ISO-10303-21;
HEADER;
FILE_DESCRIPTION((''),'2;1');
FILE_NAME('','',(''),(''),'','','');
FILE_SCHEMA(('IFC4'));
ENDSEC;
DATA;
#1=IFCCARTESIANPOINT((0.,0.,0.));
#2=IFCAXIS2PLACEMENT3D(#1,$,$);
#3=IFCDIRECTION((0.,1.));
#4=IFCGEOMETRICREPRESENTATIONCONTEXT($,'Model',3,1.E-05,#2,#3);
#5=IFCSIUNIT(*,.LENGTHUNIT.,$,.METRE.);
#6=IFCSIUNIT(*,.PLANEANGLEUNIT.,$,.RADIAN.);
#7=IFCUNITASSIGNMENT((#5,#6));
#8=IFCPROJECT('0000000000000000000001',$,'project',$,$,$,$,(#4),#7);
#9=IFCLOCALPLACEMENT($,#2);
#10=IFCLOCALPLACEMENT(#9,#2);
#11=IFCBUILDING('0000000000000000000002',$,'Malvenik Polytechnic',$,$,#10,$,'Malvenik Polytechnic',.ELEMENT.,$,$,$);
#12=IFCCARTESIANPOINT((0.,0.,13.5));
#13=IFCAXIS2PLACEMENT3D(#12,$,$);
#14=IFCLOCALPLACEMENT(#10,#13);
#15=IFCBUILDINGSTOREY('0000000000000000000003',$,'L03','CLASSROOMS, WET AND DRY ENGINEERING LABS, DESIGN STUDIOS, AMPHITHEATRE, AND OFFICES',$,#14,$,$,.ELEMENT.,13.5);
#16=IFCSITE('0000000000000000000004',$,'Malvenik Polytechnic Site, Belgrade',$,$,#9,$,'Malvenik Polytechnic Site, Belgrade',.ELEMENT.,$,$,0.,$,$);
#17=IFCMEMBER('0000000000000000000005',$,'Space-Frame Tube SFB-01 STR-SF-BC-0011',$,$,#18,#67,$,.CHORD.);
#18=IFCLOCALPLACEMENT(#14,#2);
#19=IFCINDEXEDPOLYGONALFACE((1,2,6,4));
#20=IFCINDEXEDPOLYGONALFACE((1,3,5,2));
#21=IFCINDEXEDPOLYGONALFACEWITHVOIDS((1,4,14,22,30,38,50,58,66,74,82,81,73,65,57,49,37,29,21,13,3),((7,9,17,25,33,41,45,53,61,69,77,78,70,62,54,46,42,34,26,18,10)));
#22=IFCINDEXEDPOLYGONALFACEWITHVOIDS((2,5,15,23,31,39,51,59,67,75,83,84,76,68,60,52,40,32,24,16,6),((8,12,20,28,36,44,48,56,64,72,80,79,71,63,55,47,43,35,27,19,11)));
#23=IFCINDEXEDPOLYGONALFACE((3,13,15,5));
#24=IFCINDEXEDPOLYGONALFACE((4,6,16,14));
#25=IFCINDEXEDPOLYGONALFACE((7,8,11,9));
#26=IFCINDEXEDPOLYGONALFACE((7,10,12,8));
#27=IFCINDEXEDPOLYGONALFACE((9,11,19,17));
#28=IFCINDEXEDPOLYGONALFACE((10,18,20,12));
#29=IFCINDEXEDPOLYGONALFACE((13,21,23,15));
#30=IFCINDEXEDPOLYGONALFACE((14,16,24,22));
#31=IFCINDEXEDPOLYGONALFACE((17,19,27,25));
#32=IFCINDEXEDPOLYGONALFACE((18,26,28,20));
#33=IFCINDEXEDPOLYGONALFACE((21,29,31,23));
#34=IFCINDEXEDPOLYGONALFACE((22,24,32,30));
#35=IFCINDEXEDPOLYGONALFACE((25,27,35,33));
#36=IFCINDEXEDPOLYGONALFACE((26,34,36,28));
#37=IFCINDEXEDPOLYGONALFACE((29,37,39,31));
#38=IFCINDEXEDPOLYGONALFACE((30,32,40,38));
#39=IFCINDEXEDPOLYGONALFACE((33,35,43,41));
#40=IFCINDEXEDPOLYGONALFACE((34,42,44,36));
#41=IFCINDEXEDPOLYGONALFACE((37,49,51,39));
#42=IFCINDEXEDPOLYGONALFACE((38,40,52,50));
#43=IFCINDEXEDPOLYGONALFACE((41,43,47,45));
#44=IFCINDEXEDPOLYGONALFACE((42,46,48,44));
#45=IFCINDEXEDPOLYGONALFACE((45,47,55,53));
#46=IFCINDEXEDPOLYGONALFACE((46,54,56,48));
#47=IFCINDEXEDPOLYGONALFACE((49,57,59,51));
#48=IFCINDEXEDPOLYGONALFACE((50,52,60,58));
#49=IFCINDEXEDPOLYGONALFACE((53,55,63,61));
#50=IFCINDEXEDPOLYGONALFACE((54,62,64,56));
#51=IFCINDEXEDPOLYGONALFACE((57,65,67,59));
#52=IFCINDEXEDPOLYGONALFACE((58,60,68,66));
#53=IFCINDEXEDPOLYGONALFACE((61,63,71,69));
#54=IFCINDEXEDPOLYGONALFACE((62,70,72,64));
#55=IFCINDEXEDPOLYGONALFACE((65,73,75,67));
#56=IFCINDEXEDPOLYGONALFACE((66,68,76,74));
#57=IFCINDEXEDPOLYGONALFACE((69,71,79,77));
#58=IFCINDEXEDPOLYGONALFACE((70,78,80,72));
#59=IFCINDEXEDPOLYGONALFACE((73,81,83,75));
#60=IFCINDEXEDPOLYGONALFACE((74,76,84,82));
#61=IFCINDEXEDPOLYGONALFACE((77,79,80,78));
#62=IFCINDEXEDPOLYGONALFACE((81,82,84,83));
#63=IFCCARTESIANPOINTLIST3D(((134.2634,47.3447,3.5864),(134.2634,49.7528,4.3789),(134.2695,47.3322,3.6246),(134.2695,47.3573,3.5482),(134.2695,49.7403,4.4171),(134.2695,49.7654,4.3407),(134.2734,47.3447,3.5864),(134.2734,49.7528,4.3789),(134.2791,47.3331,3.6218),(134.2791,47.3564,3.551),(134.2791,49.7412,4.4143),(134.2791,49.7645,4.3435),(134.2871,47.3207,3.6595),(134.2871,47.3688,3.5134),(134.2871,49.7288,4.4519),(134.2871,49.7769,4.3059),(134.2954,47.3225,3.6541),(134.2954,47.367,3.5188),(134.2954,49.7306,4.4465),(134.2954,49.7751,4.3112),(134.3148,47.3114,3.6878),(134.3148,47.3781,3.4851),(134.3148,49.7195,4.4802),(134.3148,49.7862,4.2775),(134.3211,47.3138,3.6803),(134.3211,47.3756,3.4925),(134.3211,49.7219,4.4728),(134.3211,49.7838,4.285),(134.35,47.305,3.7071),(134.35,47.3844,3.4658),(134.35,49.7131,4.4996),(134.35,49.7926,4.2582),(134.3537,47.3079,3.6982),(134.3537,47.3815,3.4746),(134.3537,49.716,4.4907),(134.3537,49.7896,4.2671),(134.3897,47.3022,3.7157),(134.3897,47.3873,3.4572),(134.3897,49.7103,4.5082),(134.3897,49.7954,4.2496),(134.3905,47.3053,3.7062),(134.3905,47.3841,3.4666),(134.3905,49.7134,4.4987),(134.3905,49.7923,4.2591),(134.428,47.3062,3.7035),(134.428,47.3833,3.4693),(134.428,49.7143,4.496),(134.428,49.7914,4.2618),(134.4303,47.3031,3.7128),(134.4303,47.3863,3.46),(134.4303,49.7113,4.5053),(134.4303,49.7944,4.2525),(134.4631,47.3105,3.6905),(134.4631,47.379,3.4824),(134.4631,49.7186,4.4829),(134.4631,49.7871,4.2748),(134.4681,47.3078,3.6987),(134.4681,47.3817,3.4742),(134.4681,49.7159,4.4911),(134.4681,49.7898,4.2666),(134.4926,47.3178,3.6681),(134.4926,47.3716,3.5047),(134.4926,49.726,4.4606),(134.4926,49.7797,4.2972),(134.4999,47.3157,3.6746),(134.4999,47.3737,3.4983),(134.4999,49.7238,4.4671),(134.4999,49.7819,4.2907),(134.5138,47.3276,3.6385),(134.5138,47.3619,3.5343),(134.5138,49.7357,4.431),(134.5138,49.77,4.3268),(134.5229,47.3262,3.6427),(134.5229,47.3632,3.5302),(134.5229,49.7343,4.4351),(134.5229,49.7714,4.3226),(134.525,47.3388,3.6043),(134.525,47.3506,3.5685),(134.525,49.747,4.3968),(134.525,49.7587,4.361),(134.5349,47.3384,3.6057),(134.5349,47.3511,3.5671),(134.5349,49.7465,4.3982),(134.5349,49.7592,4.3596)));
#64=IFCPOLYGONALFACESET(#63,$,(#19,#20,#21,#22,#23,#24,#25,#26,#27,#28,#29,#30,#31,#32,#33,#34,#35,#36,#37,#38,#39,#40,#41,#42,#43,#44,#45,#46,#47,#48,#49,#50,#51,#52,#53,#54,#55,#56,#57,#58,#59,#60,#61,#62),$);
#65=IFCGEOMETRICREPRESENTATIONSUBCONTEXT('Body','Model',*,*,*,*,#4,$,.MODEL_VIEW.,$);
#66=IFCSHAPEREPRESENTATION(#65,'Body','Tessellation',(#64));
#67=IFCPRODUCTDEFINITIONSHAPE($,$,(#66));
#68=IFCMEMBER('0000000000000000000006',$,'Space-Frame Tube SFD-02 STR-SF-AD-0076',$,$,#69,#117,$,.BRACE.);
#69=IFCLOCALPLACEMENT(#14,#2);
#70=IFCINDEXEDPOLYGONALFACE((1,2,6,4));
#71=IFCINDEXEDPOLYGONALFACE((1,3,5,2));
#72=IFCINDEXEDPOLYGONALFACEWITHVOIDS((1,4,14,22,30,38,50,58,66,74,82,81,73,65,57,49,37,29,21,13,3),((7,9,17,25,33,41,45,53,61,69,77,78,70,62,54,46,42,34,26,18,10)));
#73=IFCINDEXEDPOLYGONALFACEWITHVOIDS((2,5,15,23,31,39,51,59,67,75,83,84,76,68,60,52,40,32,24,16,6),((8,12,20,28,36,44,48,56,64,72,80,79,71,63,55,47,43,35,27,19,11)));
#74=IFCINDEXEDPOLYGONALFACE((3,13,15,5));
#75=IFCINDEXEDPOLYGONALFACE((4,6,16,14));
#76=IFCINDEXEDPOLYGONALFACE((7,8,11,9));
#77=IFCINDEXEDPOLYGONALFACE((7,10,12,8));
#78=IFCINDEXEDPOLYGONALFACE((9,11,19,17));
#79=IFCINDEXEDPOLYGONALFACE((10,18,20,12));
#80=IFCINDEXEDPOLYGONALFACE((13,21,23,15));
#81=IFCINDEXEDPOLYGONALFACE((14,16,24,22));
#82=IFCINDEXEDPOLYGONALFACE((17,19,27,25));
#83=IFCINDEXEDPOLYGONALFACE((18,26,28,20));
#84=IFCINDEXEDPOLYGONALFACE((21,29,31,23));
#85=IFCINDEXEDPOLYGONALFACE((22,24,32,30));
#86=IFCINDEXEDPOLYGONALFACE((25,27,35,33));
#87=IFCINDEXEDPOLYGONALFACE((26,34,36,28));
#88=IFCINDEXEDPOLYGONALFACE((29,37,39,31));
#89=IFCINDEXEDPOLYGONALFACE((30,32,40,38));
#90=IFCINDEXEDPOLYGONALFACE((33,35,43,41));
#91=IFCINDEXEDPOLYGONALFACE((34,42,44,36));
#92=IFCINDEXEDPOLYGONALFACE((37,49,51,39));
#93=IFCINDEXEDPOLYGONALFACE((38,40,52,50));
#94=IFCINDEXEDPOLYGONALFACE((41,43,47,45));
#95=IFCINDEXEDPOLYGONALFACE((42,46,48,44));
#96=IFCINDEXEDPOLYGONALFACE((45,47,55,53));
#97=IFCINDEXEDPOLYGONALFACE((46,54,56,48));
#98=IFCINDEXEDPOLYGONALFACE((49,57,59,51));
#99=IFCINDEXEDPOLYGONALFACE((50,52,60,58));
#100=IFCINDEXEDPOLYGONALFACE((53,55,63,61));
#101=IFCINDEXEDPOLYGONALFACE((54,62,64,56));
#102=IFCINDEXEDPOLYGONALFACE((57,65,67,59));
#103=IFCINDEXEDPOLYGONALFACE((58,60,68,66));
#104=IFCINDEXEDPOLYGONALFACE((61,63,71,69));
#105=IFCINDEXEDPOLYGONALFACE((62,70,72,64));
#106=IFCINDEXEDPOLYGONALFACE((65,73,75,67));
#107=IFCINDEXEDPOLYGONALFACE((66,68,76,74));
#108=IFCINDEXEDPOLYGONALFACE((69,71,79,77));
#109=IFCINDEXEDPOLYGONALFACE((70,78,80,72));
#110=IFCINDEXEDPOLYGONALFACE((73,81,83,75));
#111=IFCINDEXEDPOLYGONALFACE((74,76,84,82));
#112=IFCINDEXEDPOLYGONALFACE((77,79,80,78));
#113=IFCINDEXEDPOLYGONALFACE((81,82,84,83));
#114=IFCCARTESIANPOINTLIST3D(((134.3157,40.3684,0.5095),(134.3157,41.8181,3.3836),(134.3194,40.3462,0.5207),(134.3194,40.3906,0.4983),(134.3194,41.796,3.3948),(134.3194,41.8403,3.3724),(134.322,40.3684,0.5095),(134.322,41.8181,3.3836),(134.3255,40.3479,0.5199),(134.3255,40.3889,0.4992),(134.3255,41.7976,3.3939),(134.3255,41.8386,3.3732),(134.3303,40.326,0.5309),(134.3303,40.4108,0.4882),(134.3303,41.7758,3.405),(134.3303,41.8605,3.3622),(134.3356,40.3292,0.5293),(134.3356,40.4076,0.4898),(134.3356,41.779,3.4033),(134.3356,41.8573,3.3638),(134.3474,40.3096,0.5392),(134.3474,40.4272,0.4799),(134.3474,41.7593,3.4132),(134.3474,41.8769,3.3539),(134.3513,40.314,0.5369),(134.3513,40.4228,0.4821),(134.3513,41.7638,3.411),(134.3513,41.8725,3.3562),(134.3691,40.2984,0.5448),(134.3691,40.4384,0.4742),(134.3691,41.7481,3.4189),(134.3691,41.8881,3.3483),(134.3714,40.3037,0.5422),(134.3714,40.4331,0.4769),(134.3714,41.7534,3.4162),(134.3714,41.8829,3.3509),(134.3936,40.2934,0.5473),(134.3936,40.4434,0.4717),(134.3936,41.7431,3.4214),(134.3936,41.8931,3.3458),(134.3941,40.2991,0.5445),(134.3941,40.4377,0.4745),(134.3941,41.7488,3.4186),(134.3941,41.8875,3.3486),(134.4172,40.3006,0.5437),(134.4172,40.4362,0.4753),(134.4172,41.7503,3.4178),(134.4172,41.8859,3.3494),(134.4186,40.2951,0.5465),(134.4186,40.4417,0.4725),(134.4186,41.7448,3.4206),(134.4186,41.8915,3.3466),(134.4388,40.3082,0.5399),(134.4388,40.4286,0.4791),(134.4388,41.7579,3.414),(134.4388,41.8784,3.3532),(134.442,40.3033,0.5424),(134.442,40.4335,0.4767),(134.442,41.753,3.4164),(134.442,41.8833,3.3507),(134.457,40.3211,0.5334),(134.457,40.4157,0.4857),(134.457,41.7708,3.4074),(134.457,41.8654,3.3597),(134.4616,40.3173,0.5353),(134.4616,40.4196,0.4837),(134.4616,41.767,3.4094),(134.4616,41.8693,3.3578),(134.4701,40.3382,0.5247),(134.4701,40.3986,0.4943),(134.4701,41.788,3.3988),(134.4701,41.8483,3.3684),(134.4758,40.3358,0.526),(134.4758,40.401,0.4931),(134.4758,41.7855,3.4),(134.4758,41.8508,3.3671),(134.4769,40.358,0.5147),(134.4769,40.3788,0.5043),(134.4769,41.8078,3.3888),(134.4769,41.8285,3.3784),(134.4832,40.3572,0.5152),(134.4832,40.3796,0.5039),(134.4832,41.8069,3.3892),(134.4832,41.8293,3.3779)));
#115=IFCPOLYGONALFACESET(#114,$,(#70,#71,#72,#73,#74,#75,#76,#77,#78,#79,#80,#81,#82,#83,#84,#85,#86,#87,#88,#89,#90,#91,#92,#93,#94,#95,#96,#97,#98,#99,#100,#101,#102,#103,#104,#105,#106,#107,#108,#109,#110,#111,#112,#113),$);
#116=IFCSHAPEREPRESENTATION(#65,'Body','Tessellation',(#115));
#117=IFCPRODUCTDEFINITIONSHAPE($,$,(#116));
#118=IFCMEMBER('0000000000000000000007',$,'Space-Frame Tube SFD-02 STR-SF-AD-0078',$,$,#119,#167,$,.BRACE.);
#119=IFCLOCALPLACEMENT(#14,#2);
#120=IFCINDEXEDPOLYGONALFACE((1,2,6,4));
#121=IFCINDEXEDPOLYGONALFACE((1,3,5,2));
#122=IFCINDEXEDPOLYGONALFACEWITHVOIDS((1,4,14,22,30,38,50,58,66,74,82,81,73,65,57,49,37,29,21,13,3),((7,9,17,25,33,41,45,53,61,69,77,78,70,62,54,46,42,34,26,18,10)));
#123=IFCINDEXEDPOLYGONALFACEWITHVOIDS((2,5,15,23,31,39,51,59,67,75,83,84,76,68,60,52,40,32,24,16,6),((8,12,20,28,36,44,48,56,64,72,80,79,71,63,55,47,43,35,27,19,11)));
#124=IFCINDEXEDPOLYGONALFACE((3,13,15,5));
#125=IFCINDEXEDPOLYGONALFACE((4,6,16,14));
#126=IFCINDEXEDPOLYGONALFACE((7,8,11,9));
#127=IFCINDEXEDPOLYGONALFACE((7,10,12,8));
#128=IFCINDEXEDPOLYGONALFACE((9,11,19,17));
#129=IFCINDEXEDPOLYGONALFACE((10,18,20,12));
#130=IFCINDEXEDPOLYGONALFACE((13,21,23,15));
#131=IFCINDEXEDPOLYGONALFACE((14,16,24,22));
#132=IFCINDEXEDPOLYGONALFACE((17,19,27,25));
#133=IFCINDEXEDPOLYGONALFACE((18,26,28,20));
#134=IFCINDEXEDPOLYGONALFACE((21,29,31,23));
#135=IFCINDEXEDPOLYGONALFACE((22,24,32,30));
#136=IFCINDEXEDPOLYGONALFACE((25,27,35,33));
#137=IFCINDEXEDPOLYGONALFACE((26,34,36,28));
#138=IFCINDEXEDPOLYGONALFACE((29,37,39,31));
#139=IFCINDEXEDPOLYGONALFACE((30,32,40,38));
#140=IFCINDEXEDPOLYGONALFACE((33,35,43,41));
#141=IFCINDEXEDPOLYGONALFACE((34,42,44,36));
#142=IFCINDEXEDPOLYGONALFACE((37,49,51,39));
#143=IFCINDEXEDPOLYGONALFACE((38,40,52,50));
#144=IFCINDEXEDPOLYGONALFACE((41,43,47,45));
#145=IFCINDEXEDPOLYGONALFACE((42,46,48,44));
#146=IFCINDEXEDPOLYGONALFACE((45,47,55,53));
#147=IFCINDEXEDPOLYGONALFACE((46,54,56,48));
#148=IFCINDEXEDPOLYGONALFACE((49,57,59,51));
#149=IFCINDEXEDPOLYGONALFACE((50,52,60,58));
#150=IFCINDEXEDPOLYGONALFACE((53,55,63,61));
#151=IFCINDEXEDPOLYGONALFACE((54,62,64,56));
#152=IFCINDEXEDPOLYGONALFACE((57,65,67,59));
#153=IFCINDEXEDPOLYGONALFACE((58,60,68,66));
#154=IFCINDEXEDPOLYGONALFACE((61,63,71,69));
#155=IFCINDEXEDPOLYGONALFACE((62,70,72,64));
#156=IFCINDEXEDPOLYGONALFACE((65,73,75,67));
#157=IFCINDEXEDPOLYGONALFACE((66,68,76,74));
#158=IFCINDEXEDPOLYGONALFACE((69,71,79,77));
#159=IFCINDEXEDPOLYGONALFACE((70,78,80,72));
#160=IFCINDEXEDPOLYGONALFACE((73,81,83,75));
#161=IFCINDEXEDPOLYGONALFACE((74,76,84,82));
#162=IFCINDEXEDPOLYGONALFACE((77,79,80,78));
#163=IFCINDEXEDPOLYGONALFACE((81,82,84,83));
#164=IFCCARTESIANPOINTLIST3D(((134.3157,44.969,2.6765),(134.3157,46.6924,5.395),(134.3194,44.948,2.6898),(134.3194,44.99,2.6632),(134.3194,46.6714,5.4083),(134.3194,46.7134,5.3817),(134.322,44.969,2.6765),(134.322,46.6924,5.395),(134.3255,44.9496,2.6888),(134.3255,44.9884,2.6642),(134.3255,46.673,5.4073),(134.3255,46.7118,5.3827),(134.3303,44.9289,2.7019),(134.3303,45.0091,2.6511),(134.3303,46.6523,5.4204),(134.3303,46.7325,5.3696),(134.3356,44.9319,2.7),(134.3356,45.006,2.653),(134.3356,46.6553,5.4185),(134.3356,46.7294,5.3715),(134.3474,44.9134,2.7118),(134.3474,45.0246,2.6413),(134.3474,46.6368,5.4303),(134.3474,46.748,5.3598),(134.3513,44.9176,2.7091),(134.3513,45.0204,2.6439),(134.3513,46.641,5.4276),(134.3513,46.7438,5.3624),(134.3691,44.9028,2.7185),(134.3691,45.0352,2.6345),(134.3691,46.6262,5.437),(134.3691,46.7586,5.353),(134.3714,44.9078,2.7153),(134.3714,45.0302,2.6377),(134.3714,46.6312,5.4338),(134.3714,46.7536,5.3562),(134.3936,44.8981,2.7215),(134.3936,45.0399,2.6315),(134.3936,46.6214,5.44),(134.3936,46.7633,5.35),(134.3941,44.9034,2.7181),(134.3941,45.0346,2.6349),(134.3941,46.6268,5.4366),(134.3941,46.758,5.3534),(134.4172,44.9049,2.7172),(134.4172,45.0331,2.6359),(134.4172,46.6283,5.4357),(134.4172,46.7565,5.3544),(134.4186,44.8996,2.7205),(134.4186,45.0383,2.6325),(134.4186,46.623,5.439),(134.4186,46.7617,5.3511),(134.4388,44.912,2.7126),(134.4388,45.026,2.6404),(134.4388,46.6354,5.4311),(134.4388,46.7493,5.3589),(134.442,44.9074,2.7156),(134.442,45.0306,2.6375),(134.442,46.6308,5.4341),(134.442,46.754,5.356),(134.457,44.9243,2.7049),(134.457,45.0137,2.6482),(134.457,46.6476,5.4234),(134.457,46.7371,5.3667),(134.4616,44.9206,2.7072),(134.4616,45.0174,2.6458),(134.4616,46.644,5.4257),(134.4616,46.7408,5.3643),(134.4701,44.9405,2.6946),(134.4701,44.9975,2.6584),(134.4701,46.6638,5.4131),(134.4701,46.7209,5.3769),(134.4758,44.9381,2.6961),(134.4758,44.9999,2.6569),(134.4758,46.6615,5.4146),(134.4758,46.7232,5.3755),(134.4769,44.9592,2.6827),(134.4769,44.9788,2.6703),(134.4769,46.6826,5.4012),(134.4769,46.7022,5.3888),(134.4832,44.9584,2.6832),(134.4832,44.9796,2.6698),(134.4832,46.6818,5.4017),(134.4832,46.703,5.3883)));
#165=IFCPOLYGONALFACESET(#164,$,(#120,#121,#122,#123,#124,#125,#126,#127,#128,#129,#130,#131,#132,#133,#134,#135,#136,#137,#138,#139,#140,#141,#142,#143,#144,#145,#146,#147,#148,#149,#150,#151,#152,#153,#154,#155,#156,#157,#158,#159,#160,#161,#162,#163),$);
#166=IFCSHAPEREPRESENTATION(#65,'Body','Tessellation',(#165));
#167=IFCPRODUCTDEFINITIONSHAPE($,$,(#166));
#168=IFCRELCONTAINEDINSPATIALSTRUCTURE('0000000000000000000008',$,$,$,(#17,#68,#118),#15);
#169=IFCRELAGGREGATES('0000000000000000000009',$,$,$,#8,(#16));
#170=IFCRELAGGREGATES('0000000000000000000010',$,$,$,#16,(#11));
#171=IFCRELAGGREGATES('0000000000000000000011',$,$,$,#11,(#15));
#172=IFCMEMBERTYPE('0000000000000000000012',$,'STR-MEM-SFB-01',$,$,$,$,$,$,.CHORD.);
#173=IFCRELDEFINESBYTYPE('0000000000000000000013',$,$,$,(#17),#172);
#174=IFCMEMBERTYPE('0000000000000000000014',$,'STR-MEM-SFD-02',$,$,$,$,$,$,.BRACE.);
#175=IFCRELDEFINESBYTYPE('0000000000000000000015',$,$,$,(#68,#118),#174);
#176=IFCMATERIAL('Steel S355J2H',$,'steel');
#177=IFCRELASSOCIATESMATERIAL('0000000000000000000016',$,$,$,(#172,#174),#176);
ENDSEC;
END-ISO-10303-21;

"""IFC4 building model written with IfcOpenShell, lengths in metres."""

from ifc_helpers import new_model, si_unit, direction, frame, origin, origin_2d, place, context, subcontext, project, spatial, hollow_circle, extrude, material, material_profile, profile_set, type_object, element, save


model = new_model("IFC4")

# Units and contexts
model_context = context("Model", 3, precision=1e-05, world=origin(), true_north=direction((0.0, 1.0)))
body_context = subcontext(model_context, "Body", "Model", "MODEL_VIEW")
ifc_project = project(units=[si_unit("LENGTHUNIT", "METRE"), si_unit("PLANEANGLEUNIT", "RADIAN")], contexts=[model_context])

# Site, building, storey
site_placement = place(None, origin())
site = spatial("IfcSite", under=ifc_project, at=site_placement, Name="Malvenik Polytechnic Site, Belgrade", LongName="Malvenik Polytechnic Site, Belgrade", CompositionType="ELEMENT", RefElevation=0.0)
building_placement = place(site_placement, origin())
building = spatial("IfcBuilding", under=site, at=building_placement, Name="Malvenik Polytechnic", LongName="Malvenik Polytechnic", CompositionType="ELEMENT")
storey_placement = place(building_placement, frame((0.0, 0.0, 13.5)))
storey = spatial("IfcBuildingStorey", under=building, at=storey_placement, Name="L03", Description="CLASSROOMS, WET AND DRY ENGINEERING LABS, DESIGN STUDIOS, AMPHITHEATRE, AND OFFICES", CompositionType="ELEMENT", Elevation=13.5)

# Members
ifc_material_1 = material(Name="Steel S355J2H", Category="steel")
ifc_material_profile_1 = material_profile(ifc_material_1, hollow_circle(Radius=0.1365, WallThickness=0.01, at=origin_2d()), Name="CHS 273.0x10.0")
ifc_profile_set_1 = profile_set([ifc_material_profile_1], Name="Steel S355J2H")
member_type_1 = type_object("IfcMemberType", Name="STR-MEM-SFB-01", PredefinedType="CHORD", material=ifc_profile_set_1)
member_1_placement = place(storey_placement, frame((134.3999, 47.3447, 3.5864), z_axis=(0.0, 0.94989, 0.312585), x_axis=(-1.0, 0.0, 0.0)))
element("IfcMember", 1, at=member_1_placement, inside=storey, type_object=member_type_1, Name="Space-Frame Tube SFB-01 STR-SF-BC-0011", PredefinedType="CHORD", context=body_context, shape_type="SweptSolid", body=[
    extrude(hollow_circle(Radius=0.1365, WallThickness=0.01, at=origin_2d()), origin(), (0.0, 0.0, 1.0), 2.5352),
])
ifc_material_profile_2 = material_profile(ifc_material_1, hollow_circle(Radius=0.0842, WallThickness=0.0063, at=origin_2d()), Name="CHS 168.3x6.3")
ifc_profile_set_2 = profile_set([ifc_material_profile_2], Name="Steel S355J2H")
member_type_2 = type_object("IfcMemberType", Name="STR-MEM-SFD-02", PredefinedType="BRACE", material=ifc_profile_set_2)
member_2_placement = place(storey_placement, frame((134.3999, 40.3684, 0.5095), z_axis=(0.0, 0.450366, 0.892844), x_axis=(-1.0, 0.0, 0.0)))
element("IfcMember", 2, at=member_2_placement, inside=storey, type_object=member_type_2, Name="Space-Frame Tube SFD-02 STR-SF-AD-0076", PredefinedType="BRACE", context=body_context, shape_type="SweptSolid", body=[
    extrude(hollow_circle(Radius=0.0842, WallThickness=0.0063, at=origin_2d()), origin(), (0.0, 0.0, 1.0), 3.219),
])
member_3_placement = place(storey_placement, frame((134.3999, 44.969, 2.6765), z_axis=(0.0, 0.535422, 0.844585), x_axis=(-1.0, 0.0, 0.0)))
element("IfcMember", 3, at=member_3_placement, inside=storey, type_object=member_type_2, Name="Space-Frame Tube SFD-02 STR-SF-AD-0078", PredefinedType="BRACE", context=body_context, shape_type="SweptSolid", body=[
    extrude(hollow_circle(Radius=0.0842, WallThickness=0.0063, at=origin_2d()), origin(), (0.0, 0.0, 1.0), 3.2188),
])

save(model, "model.ifc")
